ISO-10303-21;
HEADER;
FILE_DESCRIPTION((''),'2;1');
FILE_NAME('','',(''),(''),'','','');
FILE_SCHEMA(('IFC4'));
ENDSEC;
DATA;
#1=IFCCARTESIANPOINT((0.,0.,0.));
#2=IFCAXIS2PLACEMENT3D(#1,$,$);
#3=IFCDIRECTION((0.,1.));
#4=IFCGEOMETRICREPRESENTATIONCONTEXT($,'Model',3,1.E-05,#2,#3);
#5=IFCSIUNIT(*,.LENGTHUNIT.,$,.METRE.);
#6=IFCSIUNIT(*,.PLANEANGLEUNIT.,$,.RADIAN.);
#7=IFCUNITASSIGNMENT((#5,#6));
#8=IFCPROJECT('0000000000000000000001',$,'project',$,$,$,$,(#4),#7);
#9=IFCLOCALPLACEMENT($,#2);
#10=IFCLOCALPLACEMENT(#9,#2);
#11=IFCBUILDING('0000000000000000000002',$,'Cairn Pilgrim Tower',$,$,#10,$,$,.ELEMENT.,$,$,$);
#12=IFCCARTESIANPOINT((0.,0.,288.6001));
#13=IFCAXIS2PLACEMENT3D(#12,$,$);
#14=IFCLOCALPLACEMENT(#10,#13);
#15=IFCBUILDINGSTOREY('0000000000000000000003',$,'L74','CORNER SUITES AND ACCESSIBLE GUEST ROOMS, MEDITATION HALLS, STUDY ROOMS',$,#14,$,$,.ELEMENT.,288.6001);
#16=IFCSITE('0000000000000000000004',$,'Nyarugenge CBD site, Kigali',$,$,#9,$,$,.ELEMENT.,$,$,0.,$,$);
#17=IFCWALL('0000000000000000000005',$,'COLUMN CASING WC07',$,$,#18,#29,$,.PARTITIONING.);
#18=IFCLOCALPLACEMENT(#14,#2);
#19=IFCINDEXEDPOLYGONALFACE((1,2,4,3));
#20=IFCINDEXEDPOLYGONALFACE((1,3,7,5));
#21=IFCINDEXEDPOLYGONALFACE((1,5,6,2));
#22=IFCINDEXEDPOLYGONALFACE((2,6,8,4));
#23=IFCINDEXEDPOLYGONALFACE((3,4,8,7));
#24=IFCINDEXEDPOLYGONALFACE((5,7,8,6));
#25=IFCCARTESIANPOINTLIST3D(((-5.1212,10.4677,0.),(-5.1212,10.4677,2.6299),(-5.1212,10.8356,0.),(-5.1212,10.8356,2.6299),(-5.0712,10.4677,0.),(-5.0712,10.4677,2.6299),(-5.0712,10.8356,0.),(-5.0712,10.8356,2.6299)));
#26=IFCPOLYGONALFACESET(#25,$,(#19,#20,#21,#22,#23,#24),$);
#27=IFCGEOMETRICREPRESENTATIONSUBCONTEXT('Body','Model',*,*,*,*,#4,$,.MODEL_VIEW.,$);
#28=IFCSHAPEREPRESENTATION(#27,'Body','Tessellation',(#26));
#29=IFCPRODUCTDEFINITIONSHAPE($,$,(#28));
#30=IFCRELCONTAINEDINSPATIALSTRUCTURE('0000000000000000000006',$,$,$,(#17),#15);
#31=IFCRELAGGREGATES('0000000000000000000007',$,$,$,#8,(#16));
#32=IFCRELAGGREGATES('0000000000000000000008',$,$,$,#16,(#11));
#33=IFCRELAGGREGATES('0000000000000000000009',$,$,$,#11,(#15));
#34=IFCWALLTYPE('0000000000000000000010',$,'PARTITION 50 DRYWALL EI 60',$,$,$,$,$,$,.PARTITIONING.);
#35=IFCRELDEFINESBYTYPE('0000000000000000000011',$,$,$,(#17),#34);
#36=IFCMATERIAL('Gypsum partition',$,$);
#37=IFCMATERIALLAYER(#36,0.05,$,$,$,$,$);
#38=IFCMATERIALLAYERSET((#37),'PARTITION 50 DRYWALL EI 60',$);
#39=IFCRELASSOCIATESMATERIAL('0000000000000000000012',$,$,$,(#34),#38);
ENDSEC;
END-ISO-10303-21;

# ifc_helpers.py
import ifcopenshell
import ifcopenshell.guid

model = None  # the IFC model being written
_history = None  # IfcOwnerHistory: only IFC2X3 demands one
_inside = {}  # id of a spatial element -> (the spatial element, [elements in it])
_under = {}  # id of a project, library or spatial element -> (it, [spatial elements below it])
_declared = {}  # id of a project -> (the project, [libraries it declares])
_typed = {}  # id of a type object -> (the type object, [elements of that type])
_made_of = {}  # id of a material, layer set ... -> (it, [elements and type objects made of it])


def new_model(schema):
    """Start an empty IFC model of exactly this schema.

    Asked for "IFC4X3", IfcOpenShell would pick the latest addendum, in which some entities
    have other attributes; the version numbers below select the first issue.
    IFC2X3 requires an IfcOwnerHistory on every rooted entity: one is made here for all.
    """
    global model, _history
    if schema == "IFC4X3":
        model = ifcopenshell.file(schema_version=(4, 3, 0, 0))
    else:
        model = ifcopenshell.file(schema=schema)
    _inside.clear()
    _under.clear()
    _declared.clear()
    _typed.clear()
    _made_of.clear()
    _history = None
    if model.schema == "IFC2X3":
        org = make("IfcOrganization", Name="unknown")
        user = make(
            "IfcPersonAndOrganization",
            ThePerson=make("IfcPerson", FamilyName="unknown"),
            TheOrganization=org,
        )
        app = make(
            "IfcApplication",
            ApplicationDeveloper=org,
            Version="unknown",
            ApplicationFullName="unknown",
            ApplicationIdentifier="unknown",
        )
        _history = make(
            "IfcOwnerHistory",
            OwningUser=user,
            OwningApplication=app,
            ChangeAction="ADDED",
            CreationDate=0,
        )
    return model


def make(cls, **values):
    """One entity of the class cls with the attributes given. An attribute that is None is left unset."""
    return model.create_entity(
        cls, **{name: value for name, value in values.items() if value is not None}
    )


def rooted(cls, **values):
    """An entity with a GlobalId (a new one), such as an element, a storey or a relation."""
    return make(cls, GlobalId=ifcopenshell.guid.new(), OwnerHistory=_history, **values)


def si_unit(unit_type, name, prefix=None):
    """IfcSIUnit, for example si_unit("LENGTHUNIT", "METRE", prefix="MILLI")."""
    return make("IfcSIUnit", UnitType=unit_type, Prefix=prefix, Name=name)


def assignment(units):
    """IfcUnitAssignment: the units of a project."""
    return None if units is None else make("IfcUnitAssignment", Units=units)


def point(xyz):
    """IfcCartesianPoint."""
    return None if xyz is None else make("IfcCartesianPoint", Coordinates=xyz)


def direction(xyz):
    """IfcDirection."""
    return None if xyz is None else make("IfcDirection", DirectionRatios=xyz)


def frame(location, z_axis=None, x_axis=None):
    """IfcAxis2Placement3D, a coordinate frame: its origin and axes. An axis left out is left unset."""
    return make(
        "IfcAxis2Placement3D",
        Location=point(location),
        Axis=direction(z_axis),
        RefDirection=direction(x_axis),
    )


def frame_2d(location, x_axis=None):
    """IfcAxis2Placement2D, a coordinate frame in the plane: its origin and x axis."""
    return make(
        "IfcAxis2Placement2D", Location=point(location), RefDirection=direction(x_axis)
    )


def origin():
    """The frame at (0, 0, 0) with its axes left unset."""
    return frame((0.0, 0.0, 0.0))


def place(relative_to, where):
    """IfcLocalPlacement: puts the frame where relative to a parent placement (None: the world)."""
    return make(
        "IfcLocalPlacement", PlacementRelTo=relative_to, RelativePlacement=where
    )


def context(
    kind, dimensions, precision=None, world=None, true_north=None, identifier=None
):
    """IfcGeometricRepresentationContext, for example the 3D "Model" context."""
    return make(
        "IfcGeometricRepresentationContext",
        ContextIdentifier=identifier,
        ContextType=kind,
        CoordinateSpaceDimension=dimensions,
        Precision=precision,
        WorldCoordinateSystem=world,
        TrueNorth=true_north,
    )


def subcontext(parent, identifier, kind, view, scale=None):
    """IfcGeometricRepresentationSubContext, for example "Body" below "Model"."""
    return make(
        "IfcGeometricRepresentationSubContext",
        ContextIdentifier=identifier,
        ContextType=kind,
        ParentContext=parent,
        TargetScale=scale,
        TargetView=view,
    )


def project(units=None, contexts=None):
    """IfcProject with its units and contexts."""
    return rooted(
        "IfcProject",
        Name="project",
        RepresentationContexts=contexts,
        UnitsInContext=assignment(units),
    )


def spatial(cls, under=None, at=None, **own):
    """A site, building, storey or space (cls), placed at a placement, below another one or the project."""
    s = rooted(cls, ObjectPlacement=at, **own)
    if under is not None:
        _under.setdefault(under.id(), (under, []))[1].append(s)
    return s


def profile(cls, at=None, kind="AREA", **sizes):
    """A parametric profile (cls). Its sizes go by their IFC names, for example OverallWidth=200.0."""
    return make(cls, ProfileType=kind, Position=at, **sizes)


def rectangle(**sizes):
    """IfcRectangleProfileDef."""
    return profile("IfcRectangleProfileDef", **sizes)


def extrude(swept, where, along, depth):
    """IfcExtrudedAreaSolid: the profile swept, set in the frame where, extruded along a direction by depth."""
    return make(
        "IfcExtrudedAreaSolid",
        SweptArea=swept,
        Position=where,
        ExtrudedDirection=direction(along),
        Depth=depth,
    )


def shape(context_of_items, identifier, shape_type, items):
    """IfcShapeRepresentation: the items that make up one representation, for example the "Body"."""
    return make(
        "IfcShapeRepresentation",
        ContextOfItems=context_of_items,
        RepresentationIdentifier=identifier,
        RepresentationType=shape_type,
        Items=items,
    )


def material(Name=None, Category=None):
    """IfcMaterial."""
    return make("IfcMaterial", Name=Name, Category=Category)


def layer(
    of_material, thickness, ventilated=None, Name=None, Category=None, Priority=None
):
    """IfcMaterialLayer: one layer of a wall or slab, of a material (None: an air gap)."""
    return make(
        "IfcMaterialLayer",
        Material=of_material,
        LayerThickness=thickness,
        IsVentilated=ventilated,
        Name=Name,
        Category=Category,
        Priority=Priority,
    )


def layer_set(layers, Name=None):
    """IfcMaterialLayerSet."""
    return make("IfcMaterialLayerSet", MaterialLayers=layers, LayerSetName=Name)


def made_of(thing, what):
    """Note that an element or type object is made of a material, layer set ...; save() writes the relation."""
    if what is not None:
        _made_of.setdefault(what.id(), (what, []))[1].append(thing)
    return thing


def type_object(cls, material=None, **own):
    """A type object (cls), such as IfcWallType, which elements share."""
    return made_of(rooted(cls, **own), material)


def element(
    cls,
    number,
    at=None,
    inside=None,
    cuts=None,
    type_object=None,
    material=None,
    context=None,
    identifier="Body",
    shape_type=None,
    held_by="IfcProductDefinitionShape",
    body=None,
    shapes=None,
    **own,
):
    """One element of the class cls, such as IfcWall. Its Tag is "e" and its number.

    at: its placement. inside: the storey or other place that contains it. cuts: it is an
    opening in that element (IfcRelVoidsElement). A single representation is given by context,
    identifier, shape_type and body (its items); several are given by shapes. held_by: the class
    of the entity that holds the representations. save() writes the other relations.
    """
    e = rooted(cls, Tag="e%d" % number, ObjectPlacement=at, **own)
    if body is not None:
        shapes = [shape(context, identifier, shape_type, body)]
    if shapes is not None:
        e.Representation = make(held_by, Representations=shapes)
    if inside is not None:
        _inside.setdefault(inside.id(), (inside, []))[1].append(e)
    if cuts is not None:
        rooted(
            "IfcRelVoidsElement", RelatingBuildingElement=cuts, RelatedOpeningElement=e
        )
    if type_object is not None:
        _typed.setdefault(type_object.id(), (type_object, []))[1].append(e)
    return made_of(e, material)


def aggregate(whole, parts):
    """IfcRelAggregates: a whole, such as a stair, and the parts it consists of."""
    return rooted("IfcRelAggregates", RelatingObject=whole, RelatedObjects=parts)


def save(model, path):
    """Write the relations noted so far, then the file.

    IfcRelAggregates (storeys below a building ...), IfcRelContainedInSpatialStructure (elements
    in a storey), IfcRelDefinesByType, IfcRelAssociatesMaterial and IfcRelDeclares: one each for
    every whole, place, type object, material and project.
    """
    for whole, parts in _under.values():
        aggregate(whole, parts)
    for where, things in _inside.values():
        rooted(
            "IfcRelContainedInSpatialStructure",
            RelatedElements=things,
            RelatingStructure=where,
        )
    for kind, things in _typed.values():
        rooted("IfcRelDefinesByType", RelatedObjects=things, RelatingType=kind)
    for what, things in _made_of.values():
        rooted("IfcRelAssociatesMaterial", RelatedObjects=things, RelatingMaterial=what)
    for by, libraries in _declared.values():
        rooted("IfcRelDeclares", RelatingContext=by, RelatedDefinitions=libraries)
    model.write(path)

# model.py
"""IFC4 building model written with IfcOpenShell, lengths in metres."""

from ifc_helpers import new_model, si_unit, direction, frame, frame_2d, origin, place, context, subcontext, project, spatial, rectangle, extrude, material, layer, layer_set, type_object, element, save


model = new_model("IFC4")

# Units and contexts
model_context = context("Model", 3, precision=1e-05, world=origin(), true_north=direction((0.0, 1.0)))
body_context = subcontext(model_context, "Body", "Model", "MODEL_VIEW")
ifc_project = project(units=[si_unit("LENGTHUNIT", "METRE"), si_unit("PLANEANGLEUNIT", "RADIAN")], contexts=[model_context])

# Site, building, storey
site_placement = place(None, origin())
site = spatial("IfcSite", under=ifc_project, at=site_placement, Name="Nyarugenge CBD site, Kigali", CompositionType="ELEMENT", RefElevation=0.0)
building_placement = place(site_placement, origin())
building = spatial("IfcBuilding", under=site, at=building_placement, Name="Cairn Pilgrim Tower", CompositionType="ELEMENT")
storey_placement = place(building_placement, frame((0.0, 0.0, 288.6001)))
storey = spatial("IfcBuildingStorey", under=building, at=storey_placement, Name="L74", Description="CORNER SUITES AND ACCESSIBLE GUEST ROOMS, MEDITATION HALLS, STUDY ROOMS", CompositionType="ELEMENT", Elevation=288.6001)

# Shared definitions
ifc_material_1 = material(Name="Gypsum partition")

# Wall
ifc_layer_1 = layer(ifc_material_1, 0.05)
ifc_layer_set_1 = layer_set([ifc_layer_1], Name="PARTITION 50 DRYWALL EI 60")
wall_type_1 = type_object("IfcWallType", Name="PARTITION 50 DRYWALL EI 60", PredefinedType="PARTITIONING", material=ifc_layer_set_1)
wall_1_placement = place(storey_placement, frame((-5.0962, 10.4675, 0.0), z_axis=(0.0, 0.0, 1.0), x_axis=(0.0, 1.0, 0.0)))
element("IfcWall", 1, at=wall_1_placement, inside=storey, type_object=wall_type_1, Name="COLUMN CASING WC07", PredefinedType="PARTITIONING", context=body_context, shape_type="SweptSolid", body=[
    extrude(rectangle(XDim=0.3679, YDim=0.05, at=frame_2d((0.1841, 0.0))), origin(), (0.0, 0.0, 1.0), 2.6299),
])

save(model, "model.ifc")
